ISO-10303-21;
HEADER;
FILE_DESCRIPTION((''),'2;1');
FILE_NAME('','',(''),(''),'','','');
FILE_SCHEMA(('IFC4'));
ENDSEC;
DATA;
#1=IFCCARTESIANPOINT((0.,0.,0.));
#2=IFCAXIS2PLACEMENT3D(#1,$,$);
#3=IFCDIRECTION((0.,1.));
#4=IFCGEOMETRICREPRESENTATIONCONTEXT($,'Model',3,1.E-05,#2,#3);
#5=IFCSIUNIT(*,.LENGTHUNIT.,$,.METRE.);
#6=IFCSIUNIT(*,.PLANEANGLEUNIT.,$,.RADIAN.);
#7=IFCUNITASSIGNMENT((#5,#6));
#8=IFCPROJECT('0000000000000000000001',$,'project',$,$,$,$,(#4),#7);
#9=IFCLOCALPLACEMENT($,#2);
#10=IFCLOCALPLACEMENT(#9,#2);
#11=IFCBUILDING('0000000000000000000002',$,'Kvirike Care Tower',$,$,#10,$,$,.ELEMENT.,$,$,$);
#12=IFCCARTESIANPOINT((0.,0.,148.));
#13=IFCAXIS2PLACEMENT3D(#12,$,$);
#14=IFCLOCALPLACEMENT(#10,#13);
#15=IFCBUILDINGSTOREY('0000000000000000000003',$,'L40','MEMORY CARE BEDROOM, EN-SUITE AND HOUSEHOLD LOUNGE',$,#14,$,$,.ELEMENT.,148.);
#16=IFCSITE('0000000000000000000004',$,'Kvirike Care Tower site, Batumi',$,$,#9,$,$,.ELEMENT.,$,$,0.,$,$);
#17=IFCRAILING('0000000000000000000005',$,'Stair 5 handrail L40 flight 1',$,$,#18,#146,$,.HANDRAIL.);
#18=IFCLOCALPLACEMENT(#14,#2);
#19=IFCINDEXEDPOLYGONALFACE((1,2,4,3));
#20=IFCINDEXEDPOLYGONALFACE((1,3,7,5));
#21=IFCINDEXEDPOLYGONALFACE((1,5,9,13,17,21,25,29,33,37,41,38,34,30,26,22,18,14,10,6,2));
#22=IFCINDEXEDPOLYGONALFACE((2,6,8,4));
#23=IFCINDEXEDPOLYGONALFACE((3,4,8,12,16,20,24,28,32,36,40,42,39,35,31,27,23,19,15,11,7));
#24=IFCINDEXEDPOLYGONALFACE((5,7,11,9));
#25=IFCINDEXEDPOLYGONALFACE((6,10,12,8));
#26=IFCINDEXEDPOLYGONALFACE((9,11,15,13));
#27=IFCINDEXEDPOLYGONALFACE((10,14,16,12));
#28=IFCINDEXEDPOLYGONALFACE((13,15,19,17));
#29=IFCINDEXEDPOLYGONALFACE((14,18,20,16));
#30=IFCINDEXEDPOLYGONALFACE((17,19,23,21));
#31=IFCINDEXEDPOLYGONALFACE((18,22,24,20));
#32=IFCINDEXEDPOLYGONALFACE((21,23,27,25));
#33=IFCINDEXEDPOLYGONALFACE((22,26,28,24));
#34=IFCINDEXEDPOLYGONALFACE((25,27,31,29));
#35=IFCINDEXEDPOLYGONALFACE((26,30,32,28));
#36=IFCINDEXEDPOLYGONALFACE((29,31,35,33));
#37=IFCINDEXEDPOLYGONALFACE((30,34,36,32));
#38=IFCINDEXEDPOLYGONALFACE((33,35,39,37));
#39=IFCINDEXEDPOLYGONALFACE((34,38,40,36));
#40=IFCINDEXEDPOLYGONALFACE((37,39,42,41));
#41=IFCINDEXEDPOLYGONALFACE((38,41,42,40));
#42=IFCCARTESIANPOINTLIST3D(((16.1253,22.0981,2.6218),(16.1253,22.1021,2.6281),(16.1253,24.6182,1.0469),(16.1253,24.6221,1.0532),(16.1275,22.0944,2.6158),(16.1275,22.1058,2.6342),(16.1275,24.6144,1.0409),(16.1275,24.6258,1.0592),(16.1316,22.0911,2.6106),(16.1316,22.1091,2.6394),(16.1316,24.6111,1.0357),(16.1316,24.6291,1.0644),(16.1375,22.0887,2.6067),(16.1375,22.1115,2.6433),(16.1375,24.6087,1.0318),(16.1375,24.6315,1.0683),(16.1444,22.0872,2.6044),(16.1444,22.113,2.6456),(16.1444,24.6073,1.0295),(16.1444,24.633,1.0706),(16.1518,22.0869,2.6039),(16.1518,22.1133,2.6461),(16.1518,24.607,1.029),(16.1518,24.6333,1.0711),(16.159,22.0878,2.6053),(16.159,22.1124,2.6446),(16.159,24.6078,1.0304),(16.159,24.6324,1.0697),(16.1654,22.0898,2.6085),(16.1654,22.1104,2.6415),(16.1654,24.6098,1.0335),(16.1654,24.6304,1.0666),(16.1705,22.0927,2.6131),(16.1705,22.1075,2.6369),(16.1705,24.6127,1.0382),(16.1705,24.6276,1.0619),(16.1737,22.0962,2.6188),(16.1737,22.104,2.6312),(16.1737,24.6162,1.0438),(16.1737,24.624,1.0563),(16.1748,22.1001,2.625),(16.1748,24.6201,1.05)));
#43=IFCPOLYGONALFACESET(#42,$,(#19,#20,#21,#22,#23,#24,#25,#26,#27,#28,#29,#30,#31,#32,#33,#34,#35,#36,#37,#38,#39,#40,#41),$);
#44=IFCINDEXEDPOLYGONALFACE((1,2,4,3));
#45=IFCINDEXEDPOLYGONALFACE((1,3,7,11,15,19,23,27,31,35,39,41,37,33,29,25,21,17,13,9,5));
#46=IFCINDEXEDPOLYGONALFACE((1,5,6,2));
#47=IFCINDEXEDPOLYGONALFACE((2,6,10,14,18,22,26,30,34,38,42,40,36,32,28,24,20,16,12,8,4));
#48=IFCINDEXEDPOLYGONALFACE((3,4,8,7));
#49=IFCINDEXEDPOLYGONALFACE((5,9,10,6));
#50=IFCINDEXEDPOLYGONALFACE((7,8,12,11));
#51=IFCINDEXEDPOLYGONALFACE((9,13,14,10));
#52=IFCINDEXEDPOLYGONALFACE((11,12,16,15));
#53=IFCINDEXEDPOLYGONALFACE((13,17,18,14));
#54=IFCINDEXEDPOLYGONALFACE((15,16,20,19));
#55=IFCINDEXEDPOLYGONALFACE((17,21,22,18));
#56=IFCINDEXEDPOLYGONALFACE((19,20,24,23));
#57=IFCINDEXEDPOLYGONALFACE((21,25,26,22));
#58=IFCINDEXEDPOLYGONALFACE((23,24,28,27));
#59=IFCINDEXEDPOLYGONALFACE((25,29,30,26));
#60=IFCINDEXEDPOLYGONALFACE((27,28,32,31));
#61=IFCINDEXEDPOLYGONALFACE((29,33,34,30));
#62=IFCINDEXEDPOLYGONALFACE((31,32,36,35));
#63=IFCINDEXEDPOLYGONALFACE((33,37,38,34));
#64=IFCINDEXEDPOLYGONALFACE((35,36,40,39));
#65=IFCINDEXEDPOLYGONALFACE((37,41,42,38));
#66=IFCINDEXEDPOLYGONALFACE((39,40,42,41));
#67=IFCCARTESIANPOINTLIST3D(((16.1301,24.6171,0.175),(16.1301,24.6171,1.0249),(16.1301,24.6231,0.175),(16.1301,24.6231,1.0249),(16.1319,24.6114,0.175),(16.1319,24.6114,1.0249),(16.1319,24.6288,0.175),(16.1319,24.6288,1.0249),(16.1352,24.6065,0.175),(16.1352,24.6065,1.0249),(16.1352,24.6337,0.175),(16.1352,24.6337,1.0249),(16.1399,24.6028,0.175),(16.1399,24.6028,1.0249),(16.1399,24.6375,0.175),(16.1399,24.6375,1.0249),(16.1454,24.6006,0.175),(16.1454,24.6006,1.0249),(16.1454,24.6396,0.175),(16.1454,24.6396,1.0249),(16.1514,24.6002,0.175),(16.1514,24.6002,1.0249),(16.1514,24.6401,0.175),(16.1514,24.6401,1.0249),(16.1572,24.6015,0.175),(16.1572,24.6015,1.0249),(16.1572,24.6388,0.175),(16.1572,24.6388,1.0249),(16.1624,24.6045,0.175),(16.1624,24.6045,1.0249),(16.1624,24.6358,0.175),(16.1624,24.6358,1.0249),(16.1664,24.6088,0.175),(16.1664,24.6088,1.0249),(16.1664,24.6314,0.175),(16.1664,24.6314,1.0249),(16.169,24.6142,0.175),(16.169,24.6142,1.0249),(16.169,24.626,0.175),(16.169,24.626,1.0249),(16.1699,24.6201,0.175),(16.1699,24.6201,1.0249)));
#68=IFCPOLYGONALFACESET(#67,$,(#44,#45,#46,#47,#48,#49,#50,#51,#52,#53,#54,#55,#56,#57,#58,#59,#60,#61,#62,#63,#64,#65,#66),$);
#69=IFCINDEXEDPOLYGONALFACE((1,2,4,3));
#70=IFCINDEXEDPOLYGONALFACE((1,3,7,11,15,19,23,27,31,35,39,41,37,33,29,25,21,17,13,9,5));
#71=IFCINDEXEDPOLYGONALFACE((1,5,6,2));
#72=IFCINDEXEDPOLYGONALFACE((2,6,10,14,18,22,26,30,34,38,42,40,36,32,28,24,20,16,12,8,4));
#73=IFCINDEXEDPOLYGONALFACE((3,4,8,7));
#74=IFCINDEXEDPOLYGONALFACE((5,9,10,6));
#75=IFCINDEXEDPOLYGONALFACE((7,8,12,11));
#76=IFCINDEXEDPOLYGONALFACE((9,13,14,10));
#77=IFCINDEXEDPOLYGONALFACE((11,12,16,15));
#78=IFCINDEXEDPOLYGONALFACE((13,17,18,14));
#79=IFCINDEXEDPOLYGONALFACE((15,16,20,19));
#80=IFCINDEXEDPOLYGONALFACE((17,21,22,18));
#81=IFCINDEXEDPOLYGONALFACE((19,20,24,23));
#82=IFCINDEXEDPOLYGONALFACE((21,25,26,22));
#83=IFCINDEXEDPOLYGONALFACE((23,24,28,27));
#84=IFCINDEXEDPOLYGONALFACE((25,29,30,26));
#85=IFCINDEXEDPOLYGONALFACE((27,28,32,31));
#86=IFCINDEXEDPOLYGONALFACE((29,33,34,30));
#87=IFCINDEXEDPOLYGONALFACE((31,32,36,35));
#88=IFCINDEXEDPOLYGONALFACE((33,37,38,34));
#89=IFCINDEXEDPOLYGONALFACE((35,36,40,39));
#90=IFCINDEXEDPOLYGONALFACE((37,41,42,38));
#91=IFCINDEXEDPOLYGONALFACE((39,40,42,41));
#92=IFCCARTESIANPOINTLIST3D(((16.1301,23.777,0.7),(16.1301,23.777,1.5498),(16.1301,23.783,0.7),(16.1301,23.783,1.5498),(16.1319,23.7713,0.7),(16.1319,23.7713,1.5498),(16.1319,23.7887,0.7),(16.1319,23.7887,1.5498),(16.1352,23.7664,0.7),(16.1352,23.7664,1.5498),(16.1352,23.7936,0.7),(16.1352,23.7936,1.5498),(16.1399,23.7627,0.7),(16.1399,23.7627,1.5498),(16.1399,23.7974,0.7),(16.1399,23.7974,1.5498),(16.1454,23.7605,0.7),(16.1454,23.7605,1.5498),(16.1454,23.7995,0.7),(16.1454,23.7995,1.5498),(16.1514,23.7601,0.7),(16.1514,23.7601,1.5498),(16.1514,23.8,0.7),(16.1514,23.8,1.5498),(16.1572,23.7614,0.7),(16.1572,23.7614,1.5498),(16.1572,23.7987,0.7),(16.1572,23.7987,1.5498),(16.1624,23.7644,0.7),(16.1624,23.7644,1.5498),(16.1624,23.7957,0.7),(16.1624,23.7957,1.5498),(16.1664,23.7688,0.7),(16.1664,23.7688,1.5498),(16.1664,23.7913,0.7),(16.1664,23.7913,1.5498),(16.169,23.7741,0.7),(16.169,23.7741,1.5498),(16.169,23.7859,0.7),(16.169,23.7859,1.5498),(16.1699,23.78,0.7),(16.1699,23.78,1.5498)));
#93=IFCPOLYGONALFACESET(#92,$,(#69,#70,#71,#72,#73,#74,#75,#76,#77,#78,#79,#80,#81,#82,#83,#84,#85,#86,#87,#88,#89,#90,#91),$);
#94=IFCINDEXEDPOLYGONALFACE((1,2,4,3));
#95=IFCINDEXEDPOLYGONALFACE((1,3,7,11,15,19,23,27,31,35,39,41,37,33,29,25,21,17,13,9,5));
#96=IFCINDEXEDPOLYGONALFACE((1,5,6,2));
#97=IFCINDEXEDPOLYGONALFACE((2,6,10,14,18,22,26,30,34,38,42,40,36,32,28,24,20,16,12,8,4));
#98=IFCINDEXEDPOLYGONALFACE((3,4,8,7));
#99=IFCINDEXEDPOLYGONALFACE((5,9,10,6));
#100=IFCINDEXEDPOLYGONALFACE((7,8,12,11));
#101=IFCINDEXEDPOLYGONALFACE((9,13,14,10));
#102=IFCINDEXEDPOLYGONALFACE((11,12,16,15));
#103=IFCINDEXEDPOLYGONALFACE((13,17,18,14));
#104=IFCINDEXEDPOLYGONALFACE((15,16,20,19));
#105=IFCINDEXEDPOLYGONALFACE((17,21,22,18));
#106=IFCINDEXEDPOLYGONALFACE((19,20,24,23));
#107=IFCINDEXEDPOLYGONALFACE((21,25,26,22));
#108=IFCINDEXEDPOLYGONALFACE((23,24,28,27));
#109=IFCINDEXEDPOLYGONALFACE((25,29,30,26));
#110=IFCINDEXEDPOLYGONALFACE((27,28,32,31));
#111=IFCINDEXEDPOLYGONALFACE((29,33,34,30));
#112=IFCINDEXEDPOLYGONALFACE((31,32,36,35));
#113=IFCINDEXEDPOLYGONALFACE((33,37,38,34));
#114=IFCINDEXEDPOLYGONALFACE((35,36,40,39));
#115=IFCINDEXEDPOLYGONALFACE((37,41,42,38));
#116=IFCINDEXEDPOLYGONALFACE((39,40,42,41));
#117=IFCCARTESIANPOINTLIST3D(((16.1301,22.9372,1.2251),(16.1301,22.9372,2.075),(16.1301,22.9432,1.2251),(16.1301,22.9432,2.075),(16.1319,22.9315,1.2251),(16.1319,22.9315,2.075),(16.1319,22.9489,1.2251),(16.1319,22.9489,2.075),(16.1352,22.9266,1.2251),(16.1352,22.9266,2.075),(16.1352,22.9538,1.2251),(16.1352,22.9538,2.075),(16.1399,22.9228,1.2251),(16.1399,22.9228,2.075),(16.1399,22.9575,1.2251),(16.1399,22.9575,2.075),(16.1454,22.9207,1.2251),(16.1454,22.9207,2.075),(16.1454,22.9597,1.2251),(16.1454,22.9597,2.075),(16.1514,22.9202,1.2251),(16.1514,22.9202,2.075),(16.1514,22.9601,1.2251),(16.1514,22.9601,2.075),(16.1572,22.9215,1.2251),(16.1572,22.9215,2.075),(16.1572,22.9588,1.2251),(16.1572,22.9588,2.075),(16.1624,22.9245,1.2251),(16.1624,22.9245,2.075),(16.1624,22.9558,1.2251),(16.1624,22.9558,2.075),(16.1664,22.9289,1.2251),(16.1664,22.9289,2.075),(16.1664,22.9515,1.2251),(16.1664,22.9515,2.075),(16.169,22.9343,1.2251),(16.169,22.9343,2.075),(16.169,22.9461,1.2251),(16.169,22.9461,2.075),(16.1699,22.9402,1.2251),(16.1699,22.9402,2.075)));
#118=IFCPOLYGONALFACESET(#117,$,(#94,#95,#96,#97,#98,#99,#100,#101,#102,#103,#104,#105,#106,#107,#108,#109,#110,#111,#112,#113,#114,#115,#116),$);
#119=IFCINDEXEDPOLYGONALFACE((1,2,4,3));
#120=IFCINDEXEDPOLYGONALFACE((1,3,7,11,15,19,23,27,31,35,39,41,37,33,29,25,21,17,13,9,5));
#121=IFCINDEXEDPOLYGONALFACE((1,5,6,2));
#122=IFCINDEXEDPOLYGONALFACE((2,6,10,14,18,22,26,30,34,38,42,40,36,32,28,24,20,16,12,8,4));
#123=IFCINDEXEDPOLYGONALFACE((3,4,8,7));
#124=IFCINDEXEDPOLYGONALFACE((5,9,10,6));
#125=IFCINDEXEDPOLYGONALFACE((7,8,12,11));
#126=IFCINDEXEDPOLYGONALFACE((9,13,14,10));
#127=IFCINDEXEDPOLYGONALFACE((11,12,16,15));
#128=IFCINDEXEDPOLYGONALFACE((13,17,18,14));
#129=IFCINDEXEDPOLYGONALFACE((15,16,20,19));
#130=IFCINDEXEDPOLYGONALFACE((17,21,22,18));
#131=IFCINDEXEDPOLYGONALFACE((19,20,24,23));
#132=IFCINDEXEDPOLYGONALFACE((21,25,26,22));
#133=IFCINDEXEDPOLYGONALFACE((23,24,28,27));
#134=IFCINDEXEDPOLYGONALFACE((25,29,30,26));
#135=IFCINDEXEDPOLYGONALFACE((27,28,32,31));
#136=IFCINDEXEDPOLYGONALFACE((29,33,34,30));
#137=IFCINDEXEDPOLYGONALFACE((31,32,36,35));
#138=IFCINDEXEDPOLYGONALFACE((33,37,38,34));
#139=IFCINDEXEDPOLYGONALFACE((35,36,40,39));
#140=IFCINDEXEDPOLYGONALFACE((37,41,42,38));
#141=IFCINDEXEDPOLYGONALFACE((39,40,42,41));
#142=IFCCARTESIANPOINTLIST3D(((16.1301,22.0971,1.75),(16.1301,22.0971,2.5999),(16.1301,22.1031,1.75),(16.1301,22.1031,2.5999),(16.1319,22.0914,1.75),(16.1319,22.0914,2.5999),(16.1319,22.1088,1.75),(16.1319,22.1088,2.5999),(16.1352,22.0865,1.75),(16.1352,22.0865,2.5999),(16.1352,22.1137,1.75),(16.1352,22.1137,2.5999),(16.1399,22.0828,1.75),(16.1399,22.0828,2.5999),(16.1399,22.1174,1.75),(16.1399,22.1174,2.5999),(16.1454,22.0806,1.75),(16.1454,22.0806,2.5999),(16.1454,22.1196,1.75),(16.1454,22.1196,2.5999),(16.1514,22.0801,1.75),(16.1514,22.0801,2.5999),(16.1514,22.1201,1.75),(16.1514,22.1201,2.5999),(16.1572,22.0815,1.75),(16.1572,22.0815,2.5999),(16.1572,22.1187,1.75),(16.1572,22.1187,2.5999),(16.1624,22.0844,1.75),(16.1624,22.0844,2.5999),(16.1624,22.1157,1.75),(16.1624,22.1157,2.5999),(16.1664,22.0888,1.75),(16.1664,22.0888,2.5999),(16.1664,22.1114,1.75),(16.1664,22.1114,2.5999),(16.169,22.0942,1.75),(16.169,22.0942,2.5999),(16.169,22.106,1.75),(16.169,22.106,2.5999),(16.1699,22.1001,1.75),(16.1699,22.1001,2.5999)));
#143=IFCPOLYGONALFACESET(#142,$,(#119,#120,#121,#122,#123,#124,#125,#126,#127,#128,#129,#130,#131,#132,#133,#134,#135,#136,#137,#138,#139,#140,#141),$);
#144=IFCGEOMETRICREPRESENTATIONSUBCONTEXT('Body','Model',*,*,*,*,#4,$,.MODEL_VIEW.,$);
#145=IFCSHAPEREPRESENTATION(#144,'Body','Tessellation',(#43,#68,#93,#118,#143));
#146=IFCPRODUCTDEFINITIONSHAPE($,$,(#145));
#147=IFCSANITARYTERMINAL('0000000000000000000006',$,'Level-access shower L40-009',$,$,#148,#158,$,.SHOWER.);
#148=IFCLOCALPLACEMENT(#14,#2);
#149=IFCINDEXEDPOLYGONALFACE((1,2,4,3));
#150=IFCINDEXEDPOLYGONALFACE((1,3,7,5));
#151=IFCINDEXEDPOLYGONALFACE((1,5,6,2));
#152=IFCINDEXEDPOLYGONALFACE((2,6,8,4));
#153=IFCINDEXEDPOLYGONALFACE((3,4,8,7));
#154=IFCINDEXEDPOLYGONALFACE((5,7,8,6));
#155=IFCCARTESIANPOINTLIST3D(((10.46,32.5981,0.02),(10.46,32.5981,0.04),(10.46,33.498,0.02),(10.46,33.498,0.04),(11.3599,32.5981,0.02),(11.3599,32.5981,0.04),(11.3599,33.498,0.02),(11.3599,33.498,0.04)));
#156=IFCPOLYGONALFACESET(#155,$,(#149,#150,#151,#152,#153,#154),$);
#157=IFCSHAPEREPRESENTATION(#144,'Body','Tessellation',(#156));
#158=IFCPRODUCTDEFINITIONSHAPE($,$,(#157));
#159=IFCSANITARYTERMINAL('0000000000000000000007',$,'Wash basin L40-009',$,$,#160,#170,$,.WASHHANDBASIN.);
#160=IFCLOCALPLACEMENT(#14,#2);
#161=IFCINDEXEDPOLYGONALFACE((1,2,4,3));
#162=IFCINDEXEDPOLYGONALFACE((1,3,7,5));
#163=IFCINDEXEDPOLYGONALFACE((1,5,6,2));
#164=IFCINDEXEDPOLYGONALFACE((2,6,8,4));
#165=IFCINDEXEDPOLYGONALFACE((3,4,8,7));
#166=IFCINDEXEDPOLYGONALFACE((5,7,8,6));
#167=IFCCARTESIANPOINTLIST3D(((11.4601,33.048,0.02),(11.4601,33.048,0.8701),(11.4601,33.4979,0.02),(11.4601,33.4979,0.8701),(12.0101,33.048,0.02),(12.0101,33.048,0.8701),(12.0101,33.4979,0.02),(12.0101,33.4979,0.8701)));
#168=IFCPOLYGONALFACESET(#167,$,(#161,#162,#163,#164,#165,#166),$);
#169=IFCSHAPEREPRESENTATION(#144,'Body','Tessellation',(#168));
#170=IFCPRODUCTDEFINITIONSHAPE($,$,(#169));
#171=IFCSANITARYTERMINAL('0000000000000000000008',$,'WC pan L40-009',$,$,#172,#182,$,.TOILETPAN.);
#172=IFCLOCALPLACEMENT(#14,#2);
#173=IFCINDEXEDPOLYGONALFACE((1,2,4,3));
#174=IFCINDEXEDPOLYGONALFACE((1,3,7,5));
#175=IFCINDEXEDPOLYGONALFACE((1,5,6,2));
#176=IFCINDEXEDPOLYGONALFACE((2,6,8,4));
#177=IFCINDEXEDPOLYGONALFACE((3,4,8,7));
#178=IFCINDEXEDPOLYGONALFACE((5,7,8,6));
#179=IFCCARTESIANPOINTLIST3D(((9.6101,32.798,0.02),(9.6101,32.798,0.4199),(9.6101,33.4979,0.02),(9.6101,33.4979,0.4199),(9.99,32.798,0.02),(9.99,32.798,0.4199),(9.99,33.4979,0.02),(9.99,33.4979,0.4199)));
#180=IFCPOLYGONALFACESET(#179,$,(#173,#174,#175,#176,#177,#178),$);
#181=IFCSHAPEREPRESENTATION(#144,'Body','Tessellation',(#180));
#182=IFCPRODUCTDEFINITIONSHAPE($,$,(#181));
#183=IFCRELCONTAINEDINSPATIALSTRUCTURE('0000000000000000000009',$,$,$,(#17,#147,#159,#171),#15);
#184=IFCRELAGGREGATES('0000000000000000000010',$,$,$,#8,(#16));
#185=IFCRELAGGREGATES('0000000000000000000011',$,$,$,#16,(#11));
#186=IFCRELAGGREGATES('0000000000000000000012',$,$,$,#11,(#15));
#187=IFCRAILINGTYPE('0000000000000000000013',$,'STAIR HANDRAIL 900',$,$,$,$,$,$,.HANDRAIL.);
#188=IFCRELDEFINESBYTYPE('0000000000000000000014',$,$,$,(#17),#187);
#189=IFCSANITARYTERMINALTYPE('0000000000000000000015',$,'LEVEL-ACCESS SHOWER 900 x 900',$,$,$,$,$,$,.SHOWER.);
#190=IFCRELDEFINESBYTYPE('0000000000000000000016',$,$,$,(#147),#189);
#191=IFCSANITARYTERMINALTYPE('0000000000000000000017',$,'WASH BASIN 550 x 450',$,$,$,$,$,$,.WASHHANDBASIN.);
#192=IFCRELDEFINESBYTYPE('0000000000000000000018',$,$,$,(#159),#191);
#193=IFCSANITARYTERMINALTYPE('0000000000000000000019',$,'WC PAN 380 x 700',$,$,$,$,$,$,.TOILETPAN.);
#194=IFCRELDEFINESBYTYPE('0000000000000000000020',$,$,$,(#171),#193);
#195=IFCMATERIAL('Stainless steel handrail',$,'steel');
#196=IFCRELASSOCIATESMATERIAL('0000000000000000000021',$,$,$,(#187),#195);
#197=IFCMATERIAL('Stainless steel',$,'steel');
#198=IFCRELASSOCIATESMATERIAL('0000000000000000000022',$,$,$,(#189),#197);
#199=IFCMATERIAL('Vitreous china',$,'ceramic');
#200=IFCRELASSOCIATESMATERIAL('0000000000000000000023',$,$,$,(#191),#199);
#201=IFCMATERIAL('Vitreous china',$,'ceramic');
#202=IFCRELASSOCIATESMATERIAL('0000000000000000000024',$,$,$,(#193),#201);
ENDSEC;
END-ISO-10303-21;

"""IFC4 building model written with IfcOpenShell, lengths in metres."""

from ifc_helpers import new_model, si_unit, direction, frame, origin, origin_2d, place, context, subcontext, project, spatial, rectangle, circle, extrude, material, type_object, element, save


model = new_model("IFC4")

# Units and contexts
model_context = context("Model", 3, precision=1e-05, world=origin(), true_north=direction((0.0, 1.0)))
body_context = subcontext(model_context, "Body", "Model", "MODEL_VIEW")
ifc_project = project(units=[si_unit("LENGTHUNIT", "METRE"), si_unit("PLANEANGLEUNIT", "RADIAN")], contexts=[model_context])

# Site, building, storey
site_placement = place(None, origin())
site = spatial("IfcSite", under=ifc_project, at=site_placement, Name="Kvirike Care Tower site, Batumi", CompositionType="ELEMENT", RefElevation=0.0)
building_placement = place(site_placement, origin())
building = spatial("IfcBuilding", under=site, at=building_placement, Name="Kvirike Care Tower", CompositionType="ELEMENT")
storey_placement = place(building_placement, frame((0.0, 0.0, 148.0)))
storey = spatial("IfcBuildingStorey", under=building, at=storey_placement, Name="L40", Description="MEMORY CARE BEDROOM, EN-SUITE AND HOUSEHOLD LOUNGE", CompositionType="ELEMENT", Elevation=148.0)

# Railing
ifc_material_1 = material(Name="Stainless steel handrail", Category="steel")
railing_type = type_object("IfcRailingType", Name="STAIR HANDRAIL 900", PredefinedType="HANDRAIL", material=ifc_material_1)
railing_placement = place(storey_placement, frame((16.1499, 24.6201, 0.175)))
element("IfcRailing", 1, at=railing_placement, inside=storey, type_object=railing_type, Name="Stair 5 handrail L40 flight 1", PredefinedType="HANDRAIL", context=body_context, shape_type="SweptSolid", body=[
    extrude(circle(Radius=0.0249, at=origin_2d()), frame((0.0, 0.0, 0.875), z_axis=(0.0, -0.848008, 0.529984), x_axis=(1.0, 0.0, 0.0)), (0.0, 0.0, 1.0), 2.9717),
    extrude(circle(Radius=0.02, at=origin_2d()), origin(), (0.0, 0.0, 1.0), 0.8499),
    extrude(circle(Radius=0.02, at=origin_2d()), frame((0.0, -0.8401, 0.5249)), (0.0, 0.0, 1.0), 0.8499),
    extrude(circle(Radius=0.02, at=origin_2d()), frame((0.0, -1.6799, 1.05)), (0.0, 0.0, 1.0), 0.8499),
    extrude(circle(Radius=0.02, at=origin_2d()), frame((0.0, -2.52, 1.575)), (0.0, 0.0, 1.0), 0.8499),
])

# Sanitary terminals
ifc_material_2 = material(Name="Stainless steel", Category="steel")
sanitary_terminal_type_1 = type_object("IfcSanitaryTerminalType", Name="LEVEL-ACCESS SHOWER 900 x 900", PredefinedType="SHOWER", material=ifc_material_2)
sanitary_terminal_1_placement = place(storey_placement, frame((10.9099, 33.0481, 0.02), z_axis=(0.0, 0.0, 1.0), x_axis=(1.0, 0.0, 0.0)))
element("IfcSanitaryTerminal", 2, at=sanitary_terminal_1_placement, inside=storey, type_object=sanitary_terminal_type_1, Name="Level-access shower L40-009", PredefinedType="SHOWER", context=body_context, shape_type="SweptSolid", body=[
    extrude(rectangle(XDim=0.8999, YDim=0.8999, at=origin_2d()), origin(), (0.0, 0.0, 1.0), 0.02),
])
ifc_material_3 = material(Name="Vitreous china", Category="ceramic")
sanitary_terminal_type_2 = type_object("IfcSanitaryTerminalType", Name="WASH BASIN 550 x 450", PredefinedType="WASHHANDBASIN", material=ifc_material_3)
sanitary_terminal_2_placement = place(storey_placement, frame((11.7351, 33.2729, 0.02), z_axis=(0.0, 0.0, 1.0), x_axis=(1.0, 0.0, 0.0)))
element("IfcSanitaryTerminal", 3, at=sanitary_terminal_2_placement, inside=storey, type_object=sanitary_terminal_type_2, Name="Wash basin L40-009", PredefinedType="WASHHANDBASIN", context=body_context, shape_type="SweptSolid", body=[
    extrude(rectangle(XDim=0.55, YDim=0.45, at=origin_2d()), origin(), (0.0, 0.0, 1.0), 0.8501),
])
ifc_material_4 = material(Name="Vitreous china", Category="ceramic")
sanitary_terminal_type_3 = type_object("IfcSanitaryTerminalType", Name="WC PAN 380 x 700", PredefinedType="TOILETPAN", material=ifc_material_4)
sanitary_terminal_3_placement = place(storey_placement, frame((9.8, 33.1479, 0.02), z_axis=(0.0, 0.0, 1.0), x_axis=(1.0, 0.0, 0.0)))
element("IfcSanitaryTerminal", 4, at=sanitary_terminal_3_placement, inside=storey, type_object=sanitary_terminal_type_3, Name="WC pan L40-009", PredefinedType="TOILETPAN", context=body_context, shape_type="SweptSolid", body=[
    extrude(rectangle(XDim=0.3799, YDim=0.7, at=origin_2d()), origin(), (0.0, 0.0, 1.0), 0.3999),
])

save(model, "model.ifc")
